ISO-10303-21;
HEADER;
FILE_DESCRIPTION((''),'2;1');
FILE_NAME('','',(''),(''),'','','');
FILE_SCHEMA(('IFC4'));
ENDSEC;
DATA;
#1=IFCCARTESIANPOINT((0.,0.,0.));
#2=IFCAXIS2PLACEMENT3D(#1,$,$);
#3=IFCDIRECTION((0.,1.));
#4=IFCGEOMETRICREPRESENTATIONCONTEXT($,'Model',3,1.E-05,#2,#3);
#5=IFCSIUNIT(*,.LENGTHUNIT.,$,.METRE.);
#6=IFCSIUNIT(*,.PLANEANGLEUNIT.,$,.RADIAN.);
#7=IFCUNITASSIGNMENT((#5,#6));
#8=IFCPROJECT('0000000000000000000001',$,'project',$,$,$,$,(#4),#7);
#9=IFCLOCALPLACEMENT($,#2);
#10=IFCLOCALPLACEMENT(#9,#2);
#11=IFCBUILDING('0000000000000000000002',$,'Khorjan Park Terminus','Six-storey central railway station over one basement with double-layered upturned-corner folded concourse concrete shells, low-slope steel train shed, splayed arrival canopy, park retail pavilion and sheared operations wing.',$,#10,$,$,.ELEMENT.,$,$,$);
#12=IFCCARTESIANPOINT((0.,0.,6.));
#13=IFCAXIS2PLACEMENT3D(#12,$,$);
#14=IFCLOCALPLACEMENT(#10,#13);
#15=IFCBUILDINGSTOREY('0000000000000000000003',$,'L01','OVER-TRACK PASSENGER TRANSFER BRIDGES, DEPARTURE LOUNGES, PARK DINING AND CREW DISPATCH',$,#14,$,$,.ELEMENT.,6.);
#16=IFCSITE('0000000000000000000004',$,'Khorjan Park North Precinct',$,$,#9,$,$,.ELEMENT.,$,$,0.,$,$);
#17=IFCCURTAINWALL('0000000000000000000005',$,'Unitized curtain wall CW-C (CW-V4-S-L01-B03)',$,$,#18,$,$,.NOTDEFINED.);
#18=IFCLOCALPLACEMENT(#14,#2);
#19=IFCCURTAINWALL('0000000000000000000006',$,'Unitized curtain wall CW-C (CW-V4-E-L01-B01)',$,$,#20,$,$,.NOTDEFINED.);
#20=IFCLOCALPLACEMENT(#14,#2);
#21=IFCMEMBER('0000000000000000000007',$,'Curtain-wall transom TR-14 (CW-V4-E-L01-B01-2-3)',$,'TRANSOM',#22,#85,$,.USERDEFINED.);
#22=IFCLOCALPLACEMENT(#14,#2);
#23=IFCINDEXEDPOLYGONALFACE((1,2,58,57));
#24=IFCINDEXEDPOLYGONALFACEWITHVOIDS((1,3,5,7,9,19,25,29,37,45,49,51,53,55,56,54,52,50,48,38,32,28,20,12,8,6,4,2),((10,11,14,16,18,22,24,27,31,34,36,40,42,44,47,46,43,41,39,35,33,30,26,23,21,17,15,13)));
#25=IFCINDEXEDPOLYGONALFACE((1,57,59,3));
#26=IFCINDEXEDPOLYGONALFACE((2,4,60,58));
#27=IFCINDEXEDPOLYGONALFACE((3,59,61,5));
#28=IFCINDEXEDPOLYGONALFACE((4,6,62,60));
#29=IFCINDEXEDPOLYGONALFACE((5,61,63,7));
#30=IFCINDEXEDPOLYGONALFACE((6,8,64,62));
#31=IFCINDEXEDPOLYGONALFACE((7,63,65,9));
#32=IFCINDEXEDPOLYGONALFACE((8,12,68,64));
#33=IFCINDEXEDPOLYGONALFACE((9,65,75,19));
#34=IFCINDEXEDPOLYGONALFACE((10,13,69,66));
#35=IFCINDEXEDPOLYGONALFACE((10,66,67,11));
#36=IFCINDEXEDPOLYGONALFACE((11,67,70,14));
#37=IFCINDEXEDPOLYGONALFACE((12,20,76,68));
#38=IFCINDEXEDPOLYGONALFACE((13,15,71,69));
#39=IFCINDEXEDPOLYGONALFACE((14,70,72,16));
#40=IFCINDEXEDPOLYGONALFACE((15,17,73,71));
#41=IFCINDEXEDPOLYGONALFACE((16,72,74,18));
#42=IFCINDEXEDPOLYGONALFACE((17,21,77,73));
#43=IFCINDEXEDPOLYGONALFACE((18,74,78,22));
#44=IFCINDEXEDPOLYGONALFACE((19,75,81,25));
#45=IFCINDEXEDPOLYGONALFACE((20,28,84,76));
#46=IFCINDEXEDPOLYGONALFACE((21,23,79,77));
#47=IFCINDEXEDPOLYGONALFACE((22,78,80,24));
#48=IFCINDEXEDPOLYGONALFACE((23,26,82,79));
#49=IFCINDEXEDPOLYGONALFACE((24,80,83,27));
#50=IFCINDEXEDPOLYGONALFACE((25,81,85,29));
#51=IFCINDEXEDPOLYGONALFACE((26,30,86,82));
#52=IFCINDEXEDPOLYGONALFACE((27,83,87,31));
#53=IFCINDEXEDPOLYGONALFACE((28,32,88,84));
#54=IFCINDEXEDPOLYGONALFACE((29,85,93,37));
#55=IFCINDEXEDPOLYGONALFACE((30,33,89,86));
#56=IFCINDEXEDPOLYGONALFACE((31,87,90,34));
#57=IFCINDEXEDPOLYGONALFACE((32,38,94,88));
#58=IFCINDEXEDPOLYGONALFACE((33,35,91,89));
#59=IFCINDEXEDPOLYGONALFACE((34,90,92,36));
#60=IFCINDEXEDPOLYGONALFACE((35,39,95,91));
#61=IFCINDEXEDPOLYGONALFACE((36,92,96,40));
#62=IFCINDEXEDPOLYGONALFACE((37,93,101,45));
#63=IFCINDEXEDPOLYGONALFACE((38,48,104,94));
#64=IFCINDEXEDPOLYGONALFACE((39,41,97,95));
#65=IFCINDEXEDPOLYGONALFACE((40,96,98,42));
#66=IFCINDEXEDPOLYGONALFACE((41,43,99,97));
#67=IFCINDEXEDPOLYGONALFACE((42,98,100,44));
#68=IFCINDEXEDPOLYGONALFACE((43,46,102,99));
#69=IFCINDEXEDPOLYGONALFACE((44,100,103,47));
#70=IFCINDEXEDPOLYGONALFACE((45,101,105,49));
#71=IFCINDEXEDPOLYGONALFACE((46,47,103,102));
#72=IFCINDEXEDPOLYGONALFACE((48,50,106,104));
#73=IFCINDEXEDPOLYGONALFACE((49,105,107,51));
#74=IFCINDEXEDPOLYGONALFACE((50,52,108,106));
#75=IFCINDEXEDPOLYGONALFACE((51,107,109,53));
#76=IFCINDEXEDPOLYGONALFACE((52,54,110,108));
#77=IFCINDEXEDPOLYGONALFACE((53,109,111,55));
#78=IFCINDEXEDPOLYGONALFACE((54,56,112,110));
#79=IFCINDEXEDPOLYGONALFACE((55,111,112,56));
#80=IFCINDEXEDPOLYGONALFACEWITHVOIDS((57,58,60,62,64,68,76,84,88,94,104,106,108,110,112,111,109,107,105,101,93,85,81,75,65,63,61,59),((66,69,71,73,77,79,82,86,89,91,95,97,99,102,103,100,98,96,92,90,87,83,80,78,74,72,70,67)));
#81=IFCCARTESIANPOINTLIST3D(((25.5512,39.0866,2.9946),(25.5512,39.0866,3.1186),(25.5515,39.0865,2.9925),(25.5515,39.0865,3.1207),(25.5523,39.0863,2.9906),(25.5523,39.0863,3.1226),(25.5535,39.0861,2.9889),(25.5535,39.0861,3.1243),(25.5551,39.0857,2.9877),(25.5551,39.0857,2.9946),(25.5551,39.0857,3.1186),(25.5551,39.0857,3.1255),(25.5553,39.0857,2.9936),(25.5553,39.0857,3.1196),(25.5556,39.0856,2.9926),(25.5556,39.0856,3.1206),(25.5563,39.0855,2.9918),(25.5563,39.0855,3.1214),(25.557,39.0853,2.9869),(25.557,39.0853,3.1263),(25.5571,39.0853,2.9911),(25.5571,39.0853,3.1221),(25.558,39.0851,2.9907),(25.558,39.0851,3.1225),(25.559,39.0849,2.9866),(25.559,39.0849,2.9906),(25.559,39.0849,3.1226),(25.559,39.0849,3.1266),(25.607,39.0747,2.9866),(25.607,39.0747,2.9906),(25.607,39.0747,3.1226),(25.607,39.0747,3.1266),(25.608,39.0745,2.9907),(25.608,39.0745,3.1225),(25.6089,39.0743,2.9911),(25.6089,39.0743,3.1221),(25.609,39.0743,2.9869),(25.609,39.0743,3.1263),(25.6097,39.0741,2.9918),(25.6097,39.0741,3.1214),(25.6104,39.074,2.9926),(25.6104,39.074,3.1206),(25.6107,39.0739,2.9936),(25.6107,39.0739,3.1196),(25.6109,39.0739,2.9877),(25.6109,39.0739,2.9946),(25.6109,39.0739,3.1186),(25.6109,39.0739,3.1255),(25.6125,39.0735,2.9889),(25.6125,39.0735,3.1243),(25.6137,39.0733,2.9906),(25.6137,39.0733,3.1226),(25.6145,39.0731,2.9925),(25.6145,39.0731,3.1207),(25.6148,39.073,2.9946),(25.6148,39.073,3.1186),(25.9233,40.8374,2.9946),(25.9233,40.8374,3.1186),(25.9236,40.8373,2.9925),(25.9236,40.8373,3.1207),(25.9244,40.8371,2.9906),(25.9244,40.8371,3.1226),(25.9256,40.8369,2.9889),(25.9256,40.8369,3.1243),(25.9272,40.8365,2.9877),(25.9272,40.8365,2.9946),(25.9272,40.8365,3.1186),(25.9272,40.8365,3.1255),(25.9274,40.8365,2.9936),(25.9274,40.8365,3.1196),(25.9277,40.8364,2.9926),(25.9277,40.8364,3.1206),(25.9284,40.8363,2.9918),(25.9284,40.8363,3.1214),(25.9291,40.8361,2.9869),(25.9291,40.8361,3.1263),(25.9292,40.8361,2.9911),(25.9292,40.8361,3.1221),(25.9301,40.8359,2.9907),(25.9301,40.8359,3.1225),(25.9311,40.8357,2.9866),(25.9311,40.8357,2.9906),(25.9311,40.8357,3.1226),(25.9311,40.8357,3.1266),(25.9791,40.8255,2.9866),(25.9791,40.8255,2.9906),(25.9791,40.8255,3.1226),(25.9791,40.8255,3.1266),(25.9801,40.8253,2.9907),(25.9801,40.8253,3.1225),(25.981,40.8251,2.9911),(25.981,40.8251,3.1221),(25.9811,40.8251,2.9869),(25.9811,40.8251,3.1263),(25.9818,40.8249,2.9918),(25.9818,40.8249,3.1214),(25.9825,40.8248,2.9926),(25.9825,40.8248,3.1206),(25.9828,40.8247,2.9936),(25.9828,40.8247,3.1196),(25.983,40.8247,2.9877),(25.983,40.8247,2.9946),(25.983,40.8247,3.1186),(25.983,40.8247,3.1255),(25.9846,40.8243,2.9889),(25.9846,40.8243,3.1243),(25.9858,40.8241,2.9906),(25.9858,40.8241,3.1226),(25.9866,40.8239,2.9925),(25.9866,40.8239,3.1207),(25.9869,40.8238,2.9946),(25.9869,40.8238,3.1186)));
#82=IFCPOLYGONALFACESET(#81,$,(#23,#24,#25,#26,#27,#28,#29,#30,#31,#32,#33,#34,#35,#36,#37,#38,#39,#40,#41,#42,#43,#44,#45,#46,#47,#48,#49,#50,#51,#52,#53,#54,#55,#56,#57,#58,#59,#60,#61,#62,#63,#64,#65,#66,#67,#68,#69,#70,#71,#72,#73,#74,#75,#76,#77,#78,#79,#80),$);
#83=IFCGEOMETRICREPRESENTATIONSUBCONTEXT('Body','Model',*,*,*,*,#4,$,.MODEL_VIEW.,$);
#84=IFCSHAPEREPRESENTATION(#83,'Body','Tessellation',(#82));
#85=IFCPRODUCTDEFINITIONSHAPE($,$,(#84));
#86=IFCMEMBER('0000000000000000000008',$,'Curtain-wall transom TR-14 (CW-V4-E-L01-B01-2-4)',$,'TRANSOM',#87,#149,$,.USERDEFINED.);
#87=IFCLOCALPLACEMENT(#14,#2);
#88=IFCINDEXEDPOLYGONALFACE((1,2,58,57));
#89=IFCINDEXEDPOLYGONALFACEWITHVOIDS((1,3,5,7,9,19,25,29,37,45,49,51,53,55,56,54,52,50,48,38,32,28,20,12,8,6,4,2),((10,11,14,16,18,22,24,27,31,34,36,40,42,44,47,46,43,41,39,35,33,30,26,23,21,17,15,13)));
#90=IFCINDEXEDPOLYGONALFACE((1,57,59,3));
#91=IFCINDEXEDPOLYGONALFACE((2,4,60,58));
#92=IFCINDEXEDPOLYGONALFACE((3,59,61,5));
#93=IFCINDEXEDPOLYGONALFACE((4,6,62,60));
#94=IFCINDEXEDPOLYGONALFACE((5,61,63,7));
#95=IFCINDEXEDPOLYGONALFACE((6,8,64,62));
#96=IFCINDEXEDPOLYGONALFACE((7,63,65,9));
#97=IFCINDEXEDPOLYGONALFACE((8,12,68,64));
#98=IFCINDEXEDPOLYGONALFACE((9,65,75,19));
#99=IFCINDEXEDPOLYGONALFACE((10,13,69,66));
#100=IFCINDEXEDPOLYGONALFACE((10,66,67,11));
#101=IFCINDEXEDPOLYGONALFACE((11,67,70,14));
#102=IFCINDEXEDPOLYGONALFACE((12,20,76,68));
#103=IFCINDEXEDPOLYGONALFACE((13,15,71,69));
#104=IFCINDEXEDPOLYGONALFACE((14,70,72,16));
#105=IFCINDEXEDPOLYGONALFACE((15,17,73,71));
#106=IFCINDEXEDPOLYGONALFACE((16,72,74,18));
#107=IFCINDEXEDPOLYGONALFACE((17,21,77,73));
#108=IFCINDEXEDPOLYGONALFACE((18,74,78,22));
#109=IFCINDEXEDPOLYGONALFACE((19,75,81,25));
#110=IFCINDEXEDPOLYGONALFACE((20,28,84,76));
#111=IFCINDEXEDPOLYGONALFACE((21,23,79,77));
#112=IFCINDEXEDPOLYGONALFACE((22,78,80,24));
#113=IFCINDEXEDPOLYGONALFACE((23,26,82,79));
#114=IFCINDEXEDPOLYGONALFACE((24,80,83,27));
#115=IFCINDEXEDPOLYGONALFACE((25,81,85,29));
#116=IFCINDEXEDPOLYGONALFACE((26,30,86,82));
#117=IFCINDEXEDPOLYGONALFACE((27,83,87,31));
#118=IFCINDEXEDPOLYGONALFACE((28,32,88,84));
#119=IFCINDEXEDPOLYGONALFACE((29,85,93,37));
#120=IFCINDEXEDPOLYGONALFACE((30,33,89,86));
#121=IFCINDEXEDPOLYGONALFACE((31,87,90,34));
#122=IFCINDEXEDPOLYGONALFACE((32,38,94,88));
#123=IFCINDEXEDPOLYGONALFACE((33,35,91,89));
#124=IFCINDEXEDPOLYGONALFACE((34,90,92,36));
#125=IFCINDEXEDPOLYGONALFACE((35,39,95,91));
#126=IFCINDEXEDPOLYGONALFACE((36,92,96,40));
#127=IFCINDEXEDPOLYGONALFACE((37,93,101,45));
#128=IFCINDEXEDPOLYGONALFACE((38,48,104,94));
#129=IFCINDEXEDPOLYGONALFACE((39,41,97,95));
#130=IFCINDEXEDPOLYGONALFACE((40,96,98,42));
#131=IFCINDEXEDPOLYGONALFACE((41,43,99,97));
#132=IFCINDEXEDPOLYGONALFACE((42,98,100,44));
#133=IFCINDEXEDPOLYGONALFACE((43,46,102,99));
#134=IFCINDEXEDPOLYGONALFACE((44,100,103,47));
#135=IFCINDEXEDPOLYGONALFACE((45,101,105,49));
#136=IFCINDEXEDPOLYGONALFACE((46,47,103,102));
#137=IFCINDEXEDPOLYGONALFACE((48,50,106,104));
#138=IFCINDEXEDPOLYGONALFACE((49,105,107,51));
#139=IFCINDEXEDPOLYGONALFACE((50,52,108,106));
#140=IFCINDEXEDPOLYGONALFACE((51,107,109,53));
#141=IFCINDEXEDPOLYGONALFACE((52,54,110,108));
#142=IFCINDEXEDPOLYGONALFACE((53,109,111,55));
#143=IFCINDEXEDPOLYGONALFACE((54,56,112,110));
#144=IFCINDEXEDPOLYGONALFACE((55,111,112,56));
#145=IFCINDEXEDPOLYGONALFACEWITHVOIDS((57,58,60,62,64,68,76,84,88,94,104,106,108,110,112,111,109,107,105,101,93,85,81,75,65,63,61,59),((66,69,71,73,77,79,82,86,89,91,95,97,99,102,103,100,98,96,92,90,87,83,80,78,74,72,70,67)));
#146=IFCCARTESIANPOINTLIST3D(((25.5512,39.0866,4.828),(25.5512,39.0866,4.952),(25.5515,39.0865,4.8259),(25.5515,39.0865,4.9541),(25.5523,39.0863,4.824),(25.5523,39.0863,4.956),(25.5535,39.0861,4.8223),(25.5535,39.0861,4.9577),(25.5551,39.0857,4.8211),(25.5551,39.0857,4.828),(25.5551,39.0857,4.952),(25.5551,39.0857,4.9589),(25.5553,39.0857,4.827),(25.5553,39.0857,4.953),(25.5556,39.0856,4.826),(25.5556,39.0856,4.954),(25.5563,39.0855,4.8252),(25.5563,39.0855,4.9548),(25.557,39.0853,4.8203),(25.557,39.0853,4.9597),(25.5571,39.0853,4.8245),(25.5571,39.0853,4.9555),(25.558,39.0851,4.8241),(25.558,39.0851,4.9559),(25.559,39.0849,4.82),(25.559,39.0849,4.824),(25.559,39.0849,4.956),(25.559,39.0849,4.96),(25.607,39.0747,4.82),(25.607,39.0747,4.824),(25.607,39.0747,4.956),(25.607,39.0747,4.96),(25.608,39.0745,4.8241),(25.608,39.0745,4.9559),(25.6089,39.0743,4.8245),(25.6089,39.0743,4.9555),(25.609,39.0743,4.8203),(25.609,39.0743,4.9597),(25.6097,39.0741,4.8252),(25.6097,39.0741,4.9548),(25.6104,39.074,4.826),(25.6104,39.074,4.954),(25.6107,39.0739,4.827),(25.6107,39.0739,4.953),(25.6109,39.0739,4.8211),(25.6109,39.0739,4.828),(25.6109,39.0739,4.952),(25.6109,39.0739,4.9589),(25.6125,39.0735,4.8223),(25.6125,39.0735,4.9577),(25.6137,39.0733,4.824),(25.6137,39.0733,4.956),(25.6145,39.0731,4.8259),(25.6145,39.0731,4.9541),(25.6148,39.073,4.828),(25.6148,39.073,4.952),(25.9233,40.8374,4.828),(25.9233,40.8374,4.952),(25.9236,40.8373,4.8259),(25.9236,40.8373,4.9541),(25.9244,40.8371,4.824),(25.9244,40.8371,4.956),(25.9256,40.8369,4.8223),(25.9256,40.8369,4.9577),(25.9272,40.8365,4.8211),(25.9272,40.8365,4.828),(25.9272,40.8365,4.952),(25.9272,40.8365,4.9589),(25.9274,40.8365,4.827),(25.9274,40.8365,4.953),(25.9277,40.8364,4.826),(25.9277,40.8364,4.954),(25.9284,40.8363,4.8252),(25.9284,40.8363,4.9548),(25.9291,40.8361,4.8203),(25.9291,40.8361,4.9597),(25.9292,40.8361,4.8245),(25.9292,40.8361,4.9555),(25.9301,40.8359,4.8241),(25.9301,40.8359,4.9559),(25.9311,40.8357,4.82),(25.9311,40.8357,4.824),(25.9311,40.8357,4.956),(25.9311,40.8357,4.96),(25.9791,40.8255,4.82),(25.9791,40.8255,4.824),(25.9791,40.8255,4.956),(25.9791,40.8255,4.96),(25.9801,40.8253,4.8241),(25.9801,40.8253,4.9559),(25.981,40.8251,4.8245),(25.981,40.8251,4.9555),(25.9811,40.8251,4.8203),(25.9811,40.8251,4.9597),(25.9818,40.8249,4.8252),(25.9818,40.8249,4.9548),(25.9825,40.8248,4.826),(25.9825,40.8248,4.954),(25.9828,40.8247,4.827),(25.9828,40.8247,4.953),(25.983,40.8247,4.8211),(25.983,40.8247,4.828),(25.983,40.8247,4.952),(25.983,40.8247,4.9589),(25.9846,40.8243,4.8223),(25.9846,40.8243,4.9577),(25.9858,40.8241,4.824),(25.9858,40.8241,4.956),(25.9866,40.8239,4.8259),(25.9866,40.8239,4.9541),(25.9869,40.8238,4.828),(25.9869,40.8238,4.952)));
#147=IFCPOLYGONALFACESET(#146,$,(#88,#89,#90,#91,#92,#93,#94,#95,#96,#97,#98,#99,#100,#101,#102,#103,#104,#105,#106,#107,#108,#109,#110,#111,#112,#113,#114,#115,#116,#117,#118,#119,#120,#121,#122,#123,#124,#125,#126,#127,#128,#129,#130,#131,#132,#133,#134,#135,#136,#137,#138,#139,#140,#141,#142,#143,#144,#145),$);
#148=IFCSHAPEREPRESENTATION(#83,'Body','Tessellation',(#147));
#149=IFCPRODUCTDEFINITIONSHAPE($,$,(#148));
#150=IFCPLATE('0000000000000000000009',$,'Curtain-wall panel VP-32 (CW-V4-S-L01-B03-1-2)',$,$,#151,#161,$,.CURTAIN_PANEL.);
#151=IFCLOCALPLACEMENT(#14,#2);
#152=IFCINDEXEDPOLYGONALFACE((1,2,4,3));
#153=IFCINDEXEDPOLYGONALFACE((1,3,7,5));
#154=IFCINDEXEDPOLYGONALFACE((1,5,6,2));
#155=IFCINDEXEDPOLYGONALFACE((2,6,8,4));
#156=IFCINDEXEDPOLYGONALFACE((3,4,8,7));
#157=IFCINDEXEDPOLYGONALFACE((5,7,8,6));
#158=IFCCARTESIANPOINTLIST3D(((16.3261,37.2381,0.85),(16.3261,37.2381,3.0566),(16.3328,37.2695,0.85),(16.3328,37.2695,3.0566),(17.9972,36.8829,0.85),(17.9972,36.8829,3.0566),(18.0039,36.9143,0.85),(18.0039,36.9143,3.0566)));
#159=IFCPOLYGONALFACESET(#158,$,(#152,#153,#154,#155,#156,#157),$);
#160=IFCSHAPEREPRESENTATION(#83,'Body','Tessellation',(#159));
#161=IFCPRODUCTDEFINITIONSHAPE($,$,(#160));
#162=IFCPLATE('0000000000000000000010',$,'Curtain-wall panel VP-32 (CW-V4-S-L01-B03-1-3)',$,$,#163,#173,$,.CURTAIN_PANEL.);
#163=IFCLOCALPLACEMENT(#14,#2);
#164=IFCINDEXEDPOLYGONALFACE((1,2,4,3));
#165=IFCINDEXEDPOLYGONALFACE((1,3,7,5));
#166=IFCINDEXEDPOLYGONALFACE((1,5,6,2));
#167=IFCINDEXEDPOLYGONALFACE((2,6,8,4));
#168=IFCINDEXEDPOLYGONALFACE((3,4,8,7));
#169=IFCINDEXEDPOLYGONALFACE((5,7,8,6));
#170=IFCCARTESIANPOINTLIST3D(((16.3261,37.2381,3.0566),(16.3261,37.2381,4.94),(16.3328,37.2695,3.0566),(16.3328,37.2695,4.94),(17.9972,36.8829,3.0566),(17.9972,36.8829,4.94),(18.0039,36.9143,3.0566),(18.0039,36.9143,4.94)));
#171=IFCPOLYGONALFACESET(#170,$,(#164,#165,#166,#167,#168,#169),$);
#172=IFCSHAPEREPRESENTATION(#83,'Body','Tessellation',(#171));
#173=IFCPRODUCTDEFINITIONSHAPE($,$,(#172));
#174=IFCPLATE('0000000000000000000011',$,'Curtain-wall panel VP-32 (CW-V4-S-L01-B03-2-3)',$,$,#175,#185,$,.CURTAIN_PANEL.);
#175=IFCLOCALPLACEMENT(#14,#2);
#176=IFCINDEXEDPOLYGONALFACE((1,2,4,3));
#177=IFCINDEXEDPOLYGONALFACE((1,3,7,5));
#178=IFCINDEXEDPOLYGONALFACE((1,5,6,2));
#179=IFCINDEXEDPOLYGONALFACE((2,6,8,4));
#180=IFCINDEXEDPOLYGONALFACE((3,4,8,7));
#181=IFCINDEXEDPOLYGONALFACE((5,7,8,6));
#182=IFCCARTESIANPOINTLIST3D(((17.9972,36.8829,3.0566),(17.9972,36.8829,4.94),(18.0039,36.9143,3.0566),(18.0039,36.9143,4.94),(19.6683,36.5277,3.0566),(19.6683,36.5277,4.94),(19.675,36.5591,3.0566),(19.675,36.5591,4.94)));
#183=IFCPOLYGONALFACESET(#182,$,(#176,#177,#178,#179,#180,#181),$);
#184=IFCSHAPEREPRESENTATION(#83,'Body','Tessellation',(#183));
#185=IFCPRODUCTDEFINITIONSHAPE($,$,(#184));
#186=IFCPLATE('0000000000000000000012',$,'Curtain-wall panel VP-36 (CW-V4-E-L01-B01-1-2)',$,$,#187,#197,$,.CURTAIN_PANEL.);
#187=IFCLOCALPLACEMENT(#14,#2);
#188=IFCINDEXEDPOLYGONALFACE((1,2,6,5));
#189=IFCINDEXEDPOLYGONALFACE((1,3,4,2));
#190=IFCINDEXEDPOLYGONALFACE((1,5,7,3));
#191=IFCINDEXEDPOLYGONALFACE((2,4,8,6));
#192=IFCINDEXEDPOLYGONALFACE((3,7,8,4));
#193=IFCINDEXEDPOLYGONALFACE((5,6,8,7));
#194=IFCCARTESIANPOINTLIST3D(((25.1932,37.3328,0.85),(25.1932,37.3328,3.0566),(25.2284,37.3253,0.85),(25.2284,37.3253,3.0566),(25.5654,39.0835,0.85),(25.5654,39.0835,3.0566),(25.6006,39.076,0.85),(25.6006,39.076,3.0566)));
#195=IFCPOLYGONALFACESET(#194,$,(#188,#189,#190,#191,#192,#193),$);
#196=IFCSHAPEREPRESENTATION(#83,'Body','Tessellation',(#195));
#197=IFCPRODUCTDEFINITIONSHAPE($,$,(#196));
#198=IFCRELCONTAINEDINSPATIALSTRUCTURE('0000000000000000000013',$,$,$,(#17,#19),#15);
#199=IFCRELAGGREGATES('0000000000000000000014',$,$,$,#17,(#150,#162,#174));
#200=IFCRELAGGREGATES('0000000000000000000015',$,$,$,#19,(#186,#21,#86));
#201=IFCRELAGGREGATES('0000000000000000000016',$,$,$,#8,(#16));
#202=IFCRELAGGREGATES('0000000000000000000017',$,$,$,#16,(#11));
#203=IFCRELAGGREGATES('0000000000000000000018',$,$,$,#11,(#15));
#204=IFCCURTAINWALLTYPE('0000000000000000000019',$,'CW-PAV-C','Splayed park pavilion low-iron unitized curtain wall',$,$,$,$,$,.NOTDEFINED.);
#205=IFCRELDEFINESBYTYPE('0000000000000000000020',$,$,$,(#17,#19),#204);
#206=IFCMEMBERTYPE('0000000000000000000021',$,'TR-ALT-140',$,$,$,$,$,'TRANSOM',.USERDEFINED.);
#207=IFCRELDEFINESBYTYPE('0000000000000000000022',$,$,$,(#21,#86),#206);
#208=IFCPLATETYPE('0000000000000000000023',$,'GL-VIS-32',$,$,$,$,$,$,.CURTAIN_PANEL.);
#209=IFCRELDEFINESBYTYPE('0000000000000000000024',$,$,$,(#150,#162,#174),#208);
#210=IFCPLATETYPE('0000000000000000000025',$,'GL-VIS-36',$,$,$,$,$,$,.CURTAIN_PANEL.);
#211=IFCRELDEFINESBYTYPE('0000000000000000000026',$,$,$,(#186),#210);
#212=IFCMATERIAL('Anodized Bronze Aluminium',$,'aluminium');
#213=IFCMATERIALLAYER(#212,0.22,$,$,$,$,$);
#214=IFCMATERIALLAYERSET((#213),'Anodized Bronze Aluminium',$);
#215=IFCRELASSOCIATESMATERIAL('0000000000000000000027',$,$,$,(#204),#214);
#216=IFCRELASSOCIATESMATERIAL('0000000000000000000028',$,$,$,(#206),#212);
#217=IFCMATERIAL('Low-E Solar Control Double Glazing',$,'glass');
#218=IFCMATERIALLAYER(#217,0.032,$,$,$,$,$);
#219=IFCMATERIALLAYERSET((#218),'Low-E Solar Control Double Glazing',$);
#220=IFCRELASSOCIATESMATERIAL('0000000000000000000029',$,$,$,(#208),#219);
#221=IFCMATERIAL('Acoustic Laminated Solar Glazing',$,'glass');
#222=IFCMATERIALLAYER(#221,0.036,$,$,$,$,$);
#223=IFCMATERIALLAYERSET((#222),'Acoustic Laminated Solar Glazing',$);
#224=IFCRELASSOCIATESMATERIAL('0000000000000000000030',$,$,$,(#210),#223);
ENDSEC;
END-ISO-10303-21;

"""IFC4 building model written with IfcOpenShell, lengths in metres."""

from ifc_helpers import new_model, si_unit, direction, frame, origin, origin_2d, place, context, subcontext, project, spatial, rectangle, hollow_rectangle, extrude, material, layer, layer_set, material_profile, profile_set, type_object, element, aggregate, save


model = new_model("IFC4")

# Units and contexts
model_context = context("Model", 3, precision=1e-05, world=origin(), true_north=direction((0.0, 1.0)))
body_context = subcontext(model_context, "Body", "Model", "MODEL_VIEW")
ifc_project = project(units=[si_unit("LENGTHUNIT", "METRE"), si_unit("PLANEANGLEUNIT", "RADIAN")], contexts=[model_context])

# Site, building, storey
site_placement = place(None, origin())
site = spatial("IfcSite", under=ifc_project, at=site_placement, Name="Khorjan Park North Precinct", CompositionType="ELEMENT", RefElevation=0.0)
building_placement = place(site_placement, origin())
building = spatial("IfcBuilding", under=site, at=building_placement, Name="Khorjan Park Terminus", Description="Six-storey central railway station over one basement with double-layered upturned-corner folded concourse concrete shells, low-slope steel train shed, splayed arrival canopy, park retail pavilion and sheared operations wing.", CompositionType="ELEMENT")
storey_placement = place(building_placement, frame((0.0, 0.0, 6.0)))
storey = spatial("IfcBuildingStorey", under=building, at=storey_placement, Name="L01", Description="OVER-TRACK PASSENGER TRANSFER BRIDGES, DEPARTURE LOUNGES, PARK DINING AND CREW DISPATCH", CompositionType="ELEMENT", Elevation=6.0)

# Curtain walls
ifc_material_1 = material(Name="Anodized Bronze Aluminium", Category="aluminium")
ifc_layer_1 = layer(ifc_material_1, 0.22)
ifc_layer_set_1 = layer_set([ifc_layer_1], Name="Anodized Bronze Aluminium")
curtain_wall_type = type_object("IfcCurtainWallType", Name="CW-PAV-C", Description="Splayed park pavilion low-iron unitized curtain wall", PredefinedType="NOTDEFINED", material=ifc_layer_set_1)
curtain_wall_1_placement = place(storey_placement, origin())
curtain_wall_1 = element("IfcCurtainWall", 1, at=curtain_wall_1_placement, inside=storey, type_object=curtain_wall_type, Name="Unitized curtain wall CW-C (CW-V4-S-L01-B03)", PredefinedType="NOTDEFINED")
curtain_wall_2_placement = place(storey_placement, origin())
curtain_wall_2 = element("IfcCurtainWall", 2, at=curtain_wall_2_placement, inside=storey, type_object=curtain_wall_type, Name="Unitized curtain wall CW-C (CW-V4-E-L01-B01)", PredefinedType="NOTDEFINED")

# Members
ifc_material_profile_1 = material_profile(ifc_material_1, hollow_rectangle(XDim=0.065, YDim=0.14, WallThickness=0.004, InnerFilletRadius=0.004, OuterFilletRadius=0.008, at=origin_2d()), Name="ALT 65x140x4")
ifc_profile_set_1 = profile_set([ifc_material_profile_1], Name="Anodized Bronze Aluminium")
member_type_1 = type_object("IfcMemberType", Name="TR-ALT-140", ElementType="TRANSOM", PredefinedType="USERDEFINED", material=ifc_profile_set_1)
member_1_placement = place(storey_placement, frame((25.583, 39.0798, 3.0566), z_axis=(0.207888, 0.978153, 0.0), x_axis=(-0.978153, 0.207888, 0.0)))
member_1 = element("IfcMember", 3, at=member_1_placement, type_object=member_type_1, Name="Curtain-wall transom TR-14 (CW-V4-E-L01-B01-2-3)", ObjectType="TRANSOM", PredefinedType="USERDEFINED", context=body_context, shape_type="SweptSolid", body=[
    extrude(hollow_rectangle(XDim=0.065, YDim=0.14, WallThickness=0.004, InnerFilletRadius=0.004, OuterFilletRadius=0.008, at=origin_2d()), origin(), (0.0, 0.0, 1.0), 1.7899),
])
member_2_placement = place(storey_placement, frame((25.583, 39.0798, 4.89), z_axis=(0.207888, 0.978153, 0.0), x_axis=(-0.978153, 0.207888, 0.0)))
member_2 = element("IfcMember", 4, at=member_2_placement, type_object=member_type_1, Name="Curtain-wall transom TR-14 (CW-V4-E-L01-B01-2-4)", ObjectType="TRANSOM", PredefinedType="USERDEFINED", context=body_context, shape_type="SweptSolid", body=[
    extrude(hollow_rectangle(XDim=0.065, YDim=0.14, WallThickness=0.004, InnerFilletRadius=0.004, OuterFilletRadius=0.008, at=origin_2d()), origin(), (0.0, 0.0, 1.0), 1.7899),
])

# Plates
ifc_material_2 = material(Name="Low-E Solar Control Double Glazing", Category="glass")
ifc_layer_2 = layer(ifc_material_2, 0.032)
ifc_layer_set_2 = layer_set([ifc_layer_2], Name="Low-E Solar Control Double Glazing")
plate_type_1 = type_object("IfcPlateType", Name="GL-VIS-32", PredefinedType="CURTAIN_PANEL", material=ifc_layer_set_2)
plate_1_placement = place(storey_placement, frame((17.165, 37.0762, 0.85), z_axis=(0.0, 0.0, 1.0), x_axis=(0.978147, -0.207914, 0.0)))
plate_1 = element("IfcPlate", 5, at=plate_1_placement, type_object=plate_type_1, Name="Curtain-wall panel VP-32 (CW-V4-S-L01-B03-1-2)", PredefinedType="CURTAIN_PANEL", context=body_context, shape_type="SweptSolid", body=[
    extrude(rectangle(XDim=1.7084, YDim=0.032, at=origin_2d()), origin(), (0.0, 0.0, 1.0), 2.2066),
])
plate_2_placement = place(storey_placement, frame((17.165, 37.0762, 3.0566), z_axis=(0.0, 0.0, 1.0), x_axis=(0.978147, -0.207914, 0.0)))
plate_2 = element("IfcPlate", 6, at=plate_2_placement, type_object=plate_type_1, Name="Curtain-wall panel VP-32 (CW-V4-S-L01-B03-1-3)", PredefinedType="CURTAIN_PANEL", context=body_context, shape_type="SweptSolid", body=[
    extrude(rectangle(XDim=1.7084, YDim=0.032, at=origin_2d()), origin(), (0.0, 0.0, 1.0), 1.8834),
])
plate_3_placement = place(storey_placement, frame((18.8361, 36.721, 3.0566), z_axis=(0.0, 0.0, 1.0), x_axis=(0.978147, -0.207914, 0.0)))
plate_3 = element("IfcPlate", 7, at=plate_3_placement, type_object=plate_type_1, Name="Curtain-wall panel VP-32 (CW-V4-S-L01-B03-2-3)", PredefinedType="CURTAIN_PANEL", context=body_context, shape_type="SweptSolid", body=[
    extrude(rectangle(XDim=1.7084, YDim=0.032, at=origin_2d()), origin(), (0.0, 0.0, 1.0), 1.8834),
])
ifc_material_3 = material(Name="Acoustic Laminated Solar Glazing", Category="glass")
ifc_layer_3 = layer(ifc_material_3, 0.036)
ifc_layer_set_3 = layer_set([ifc_layer_3], Name="Acoustic Laminated Solar Glazing")
plate_type_2 = type_object("IfcPlateType", Name="GL-VIS-36", PredefinedType="CURTAIN_PANEL", material=ifc_layer_set_3)
plate_4_placement = place(storey_placement, frame((25.3969, 38.2044, 0.85), z_axis=(0.0, 0.0, 1.0), x_axis=(0.207917, 0.978147, 0.0)))
plate_4 = element("IfcPlate", 8, at=plate_4_placement, type_object=plate_type_2, Name="Curtain-wall panel VP-36 (CW-V4-E-L01-B01-1-2)", PredefinedType="CURTAIN_PANEL", context=body_context, shape_type="SweptSolid", body=[
    extrude(rectangle(XDim=1.7899, YDim=0.036, at=origin_2d()), origin(), (0.0, 0.0, 1.0), 2.2066),
])
aggregate(curtain_wall_1, [plate_1, plate_2, plate_3])
aggregate(curtain_wall_2, [plate_4, member_1, member_2])

save(model, "model.ifc")
